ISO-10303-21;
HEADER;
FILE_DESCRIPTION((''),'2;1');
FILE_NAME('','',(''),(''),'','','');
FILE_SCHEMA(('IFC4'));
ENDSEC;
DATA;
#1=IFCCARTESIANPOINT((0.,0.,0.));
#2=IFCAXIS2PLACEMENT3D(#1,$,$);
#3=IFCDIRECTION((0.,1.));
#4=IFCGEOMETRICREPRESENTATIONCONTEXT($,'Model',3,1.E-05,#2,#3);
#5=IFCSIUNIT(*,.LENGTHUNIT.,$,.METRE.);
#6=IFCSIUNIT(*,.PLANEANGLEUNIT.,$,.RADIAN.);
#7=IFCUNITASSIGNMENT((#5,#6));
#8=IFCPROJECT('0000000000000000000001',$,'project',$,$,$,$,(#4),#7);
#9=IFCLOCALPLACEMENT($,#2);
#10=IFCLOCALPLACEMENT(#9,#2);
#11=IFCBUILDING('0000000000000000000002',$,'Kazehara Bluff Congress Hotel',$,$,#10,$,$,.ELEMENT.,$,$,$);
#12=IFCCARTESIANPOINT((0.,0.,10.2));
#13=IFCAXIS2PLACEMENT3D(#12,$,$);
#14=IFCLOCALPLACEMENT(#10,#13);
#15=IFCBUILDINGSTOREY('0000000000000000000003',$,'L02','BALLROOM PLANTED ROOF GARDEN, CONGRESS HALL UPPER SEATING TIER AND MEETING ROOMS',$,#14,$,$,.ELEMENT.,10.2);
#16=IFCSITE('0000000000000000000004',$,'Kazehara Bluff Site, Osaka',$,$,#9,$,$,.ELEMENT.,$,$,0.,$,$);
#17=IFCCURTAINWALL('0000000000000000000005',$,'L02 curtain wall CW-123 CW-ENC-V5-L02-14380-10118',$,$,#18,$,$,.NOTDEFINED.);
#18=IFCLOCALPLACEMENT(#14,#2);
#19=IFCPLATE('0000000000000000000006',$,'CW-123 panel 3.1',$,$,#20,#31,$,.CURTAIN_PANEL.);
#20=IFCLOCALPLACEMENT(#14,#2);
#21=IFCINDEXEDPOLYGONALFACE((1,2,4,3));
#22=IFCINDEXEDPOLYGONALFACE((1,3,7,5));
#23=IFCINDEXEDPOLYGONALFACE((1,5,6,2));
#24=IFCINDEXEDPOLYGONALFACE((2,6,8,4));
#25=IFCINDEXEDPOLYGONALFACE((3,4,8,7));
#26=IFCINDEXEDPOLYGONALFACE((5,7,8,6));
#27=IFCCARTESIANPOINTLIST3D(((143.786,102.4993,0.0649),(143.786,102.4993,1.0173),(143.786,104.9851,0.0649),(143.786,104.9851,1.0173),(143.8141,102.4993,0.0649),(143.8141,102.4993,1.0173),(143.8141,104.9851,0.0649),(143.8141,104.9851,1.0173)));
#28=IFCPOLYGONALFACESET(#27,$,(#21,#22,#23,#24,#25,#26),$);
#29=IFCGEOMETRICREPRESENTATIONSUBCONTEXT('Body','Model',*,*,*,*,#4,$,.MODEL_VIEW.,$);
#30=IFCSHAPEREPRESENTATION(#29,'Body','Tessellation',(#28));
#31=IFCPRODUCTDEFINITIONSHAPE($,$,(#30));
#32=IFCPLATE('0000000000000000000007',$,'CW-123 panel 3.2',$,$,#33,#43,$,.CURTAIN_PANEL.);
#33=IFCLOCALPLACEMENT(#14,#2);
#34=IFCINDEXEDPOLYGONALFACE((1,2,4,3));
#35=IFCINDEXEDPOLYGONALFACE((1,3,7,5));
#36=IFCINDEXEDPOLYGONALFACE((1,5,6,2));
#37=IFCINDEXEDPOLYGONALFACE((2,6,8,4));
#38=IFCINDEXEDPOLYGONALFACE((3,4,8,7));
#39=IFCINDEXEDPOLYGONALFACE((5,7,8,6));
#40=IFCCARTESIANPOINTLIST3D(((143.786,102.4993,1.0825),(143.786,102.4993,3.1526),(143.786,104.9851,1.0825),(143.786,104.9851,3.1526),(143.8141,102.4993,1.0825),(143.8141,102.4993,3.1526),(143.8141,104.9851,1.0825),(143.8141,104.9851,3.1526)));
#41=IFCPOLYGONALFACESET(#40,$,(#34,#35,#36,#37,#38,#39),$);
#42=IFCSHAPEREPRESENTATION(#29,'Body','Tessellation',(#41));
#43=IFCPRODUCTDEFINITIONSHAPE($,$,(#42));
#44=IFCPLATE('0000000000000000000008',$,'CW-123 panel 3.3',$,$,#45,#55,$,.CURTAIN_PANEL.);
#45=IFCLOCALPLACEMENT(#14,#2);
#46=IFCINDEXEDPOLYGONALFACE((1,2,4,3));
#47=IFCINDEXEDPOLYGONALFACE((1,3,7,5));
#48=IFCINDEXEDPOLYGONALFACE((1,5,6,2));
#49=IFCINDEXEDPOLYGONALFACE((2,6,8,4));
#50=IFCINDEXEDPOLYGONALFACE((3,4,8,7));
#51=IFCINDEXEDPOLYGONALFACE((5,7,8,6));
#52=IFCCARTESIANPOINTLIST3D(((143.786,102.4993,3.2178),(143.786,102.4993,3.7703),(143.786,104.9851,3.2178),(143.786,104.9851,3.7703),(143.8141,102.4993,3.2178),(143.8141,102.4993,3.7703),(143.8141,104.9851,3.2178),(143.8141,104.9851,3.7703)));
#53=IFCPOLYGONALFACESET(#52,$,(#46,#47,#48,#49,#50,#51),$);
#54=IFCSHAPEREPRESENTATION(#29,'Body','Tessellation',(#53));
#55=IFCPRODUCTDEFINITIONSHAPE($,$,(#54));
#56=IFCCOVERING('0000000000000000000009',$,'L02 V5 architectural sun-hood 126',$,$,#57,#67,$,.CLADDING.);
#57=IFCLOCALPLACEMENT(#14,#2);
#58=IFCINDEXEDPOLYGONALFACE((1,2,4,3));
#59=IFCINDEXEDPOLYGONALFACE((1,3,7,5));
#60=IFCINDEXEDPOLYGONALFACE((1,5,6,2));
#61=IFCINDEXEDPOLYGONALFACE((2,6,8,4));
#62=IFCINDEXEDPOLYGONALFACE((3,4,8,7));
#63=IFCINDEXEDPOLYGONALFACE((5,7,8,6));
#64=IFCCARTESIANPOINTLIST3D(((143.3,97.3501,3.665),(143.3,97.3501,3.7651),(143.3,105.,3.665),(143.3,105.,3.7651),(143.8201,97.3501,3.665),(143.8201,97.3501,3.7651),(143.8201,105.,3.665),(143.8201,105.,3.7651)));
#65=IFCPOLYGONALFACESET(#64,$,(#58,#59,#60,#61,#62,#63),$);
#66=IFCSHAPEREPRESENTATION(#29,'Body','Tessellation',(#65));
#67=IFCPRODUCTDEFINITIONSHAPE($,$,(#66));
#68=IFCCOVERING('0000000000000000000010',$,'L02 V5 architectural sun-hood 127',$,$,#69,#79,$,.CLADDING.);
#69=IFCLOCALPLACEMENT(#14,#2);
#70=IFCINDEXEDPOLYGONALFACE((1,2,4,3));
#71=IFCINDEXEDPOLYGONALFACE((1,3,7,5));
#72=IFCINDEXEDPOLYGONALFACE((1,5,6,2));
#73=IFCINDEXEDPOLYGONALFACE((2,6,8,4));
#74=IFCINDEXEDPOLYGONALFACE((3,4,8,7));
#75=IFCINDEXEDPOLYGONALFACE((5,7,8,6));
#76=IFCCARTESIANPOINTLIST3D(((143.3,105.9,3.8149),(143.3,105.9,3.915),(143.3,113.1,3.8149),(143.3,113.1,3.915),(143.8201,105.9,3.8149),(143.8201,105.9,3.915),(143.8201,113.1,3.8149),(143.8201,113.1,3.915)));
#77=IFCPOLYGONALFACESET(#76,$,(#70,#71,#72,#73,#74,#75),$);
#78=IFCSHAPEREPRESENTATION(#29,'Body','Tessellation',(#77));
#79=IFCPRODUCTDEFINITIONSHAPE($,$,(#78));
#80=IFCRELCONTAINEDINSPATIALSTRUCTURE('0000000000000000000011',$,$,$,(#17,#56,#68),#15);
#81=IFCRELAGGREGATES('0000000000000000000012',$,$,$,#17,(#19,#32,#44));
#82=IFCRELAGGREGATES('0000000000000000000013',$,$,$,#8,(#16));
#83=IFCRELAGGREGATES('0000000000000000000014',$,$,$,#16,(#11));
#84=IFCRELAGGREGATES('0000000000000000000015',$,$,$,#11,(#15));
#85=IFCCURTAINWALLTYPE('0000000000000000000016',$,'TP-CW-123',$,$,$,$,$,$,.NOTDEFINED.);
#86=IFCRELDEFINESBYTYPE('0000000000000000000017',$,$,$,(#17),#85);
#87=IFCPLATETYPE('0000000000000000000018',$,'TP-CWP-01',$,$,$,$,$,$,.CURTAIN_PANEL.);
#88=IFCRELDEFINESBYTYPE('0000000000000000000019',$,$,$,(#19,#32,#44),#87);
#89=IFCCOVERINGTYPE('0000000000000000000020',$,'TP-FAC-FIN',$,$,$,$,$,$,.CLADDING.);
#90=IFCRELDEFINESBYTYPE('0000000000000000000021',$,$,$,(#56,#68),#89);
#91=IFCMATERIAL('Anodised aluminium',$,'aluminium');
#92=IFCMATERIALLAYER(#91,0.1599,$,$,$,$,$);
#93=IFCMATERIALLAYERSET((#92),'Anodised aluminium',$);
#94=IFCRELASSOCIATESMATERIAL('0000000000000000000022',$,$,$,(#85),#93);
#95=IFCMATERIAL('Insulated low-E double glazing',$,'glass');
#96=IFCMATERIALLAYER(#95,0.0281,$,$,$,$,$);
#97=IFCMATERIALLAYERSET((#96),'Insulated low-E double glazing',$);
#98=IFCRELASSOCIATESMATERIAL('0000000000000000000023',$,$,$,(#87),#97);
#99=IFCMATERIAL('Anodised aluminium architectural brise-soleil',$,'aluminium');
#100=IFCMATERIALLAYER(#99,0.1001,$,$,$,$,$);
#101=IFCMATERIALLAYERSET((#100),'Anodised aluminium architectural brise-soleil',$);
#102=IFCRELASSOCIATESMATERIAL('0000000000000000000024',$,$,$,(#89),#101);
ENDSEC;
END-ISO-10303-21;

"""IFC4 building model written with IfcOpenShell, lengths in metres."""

from ifc_helpers import new_model, si_unit, direction, frame, origin, origin_2d, place, context, subcontext, project, spatial, rectangle, extrude, material, layer, layer_set, type_object, element, aggregate, save


model = new_model("IFC4")

# Units and contexts
model_context = context("Model", 3, precision=1e-05, world=origin(), true_north=direction((0.0, 1.0)))
body_context = subcontext(model_context, "Body", "Model", "MODEL_VIEW")
ifc_project = project(units=[si_unit("LENGTHUNIT", "METRE"), si_unit("PLANEANGLEUNIT", "RADIAN")], contexts=[model_context])

# Site, building, storey
site_placement = place(None, origin())
site = spatial("IfcSite", under=ifc_project, at=site_placement, Name="Kazehara Bluff Site, Osaka", CompositionType="ELEMENT", RefElevation=0.0)
building_placement = place(site_placement, origin())
building = spatial("IfcBuilding", under=site, at=building_placement, Name="Kazehara Bluff Congress Hotel", CompositionType="ELEMENT")
storey_placement = place(building_placement, frame((0.0, 0.0, 10.2)))
storey = spatial("IfcBuildingStorey", under=building, at=storey_placement, Name="L02", Description="BALLROOM PLANTED ROOF GARDEN, CONGRESS HALL UPPER SEATING TIER AND MEETING ROOMS", CompositionType="ELEMENT", Elevation=10.2)

# Curtain wall
ifc_material_1 = material(Name="Anodised aluminium", Category="aluminium")
ifc_layer_1 = layer(ifc_material_1, 0.1599)
ifc_layer_set_1 = layer_set([ifc_layer_1], Name="Anodised aluminium")
curtain_wall_type_1 = type_object("IfcCurtainWallType", Name="TP-CW-123", PredefinedType="NOTDEFINED", material=ifc_layer_set_1)
curtain_wall_1_placement = place(storey_placement, origin())
curtain_wall_1 = element("IfcCurtainWall", 1, at=curtain_wall_1_placement, inside=storey, type_object=curtain_wall_type_1, Name="L02 curtain wall CW-123 CW-ENC-V5-L02-14380-10118", PredefinedType="NOTDEFINED")

# Plates
ifc_material_2 = material(Name="Insulated low-E double glazing", Category="glass")
ifc_layer_2 = layer(ifc_material_2, 0.0281)
ifc_layer_set_2 = layer_set([ifc_layer_2], Name="Insulated low-E double glazing")
plate_type = type_object("IfcPlateType", Name="TP-CWP-01", PredefinedType="CURTAIN_PANEL", material=ifc_layer_set_2)
plate_1_placement = place(storey_placement, frame((143.8, 103.7422, 0.0649), z_axis=(0.0, 0.0, 1.0), x_axis=(0.0, 1.0, 0.0)))
plate_1 = element("IfcPlate", 2, at=plate_1_placement, type_object=plate_type, Name="CW-123 panel 3.1", PredefinedType="CURTAIN_PANEL", context=body_context, shape_type="SweptSolid", body=[
    extrude(rectangle(XDim=2.4858, YDim=0.0281, at=origin_2d()), origin(), (0.0, 0.0, 1.0), 0.9524),
])
plate_2_placement = place(storey_placement, frame((143.8, 103.7422, 1.0825), z_axis=(0.0, 0.0, 1.0), x_axis=(0.0, 1.0, 0.0)))
plate_2 = element("IfcPlate", 3, at=plate_2_placement, type_object=plate_type, Name="CW-123 panel 3.2", PredefinedType="CURTAIN_PANEL", context=body_context, shape_type="SweptSolid", body=[
    extrude(rectangle(XDim=2.4858, YDim=0.0281, at=origin_2d()), origin(), (0.0, 0.0, 1.0), 2.0701),
])
plate_3_placement = place(storey_placement, frame((143.8, 103.7422, 3.2178), z_axis=(0.0, 0.0, 1.0), x_axis=(0.0, 1.0, 0.0)))
plate_3 = element("IfcPlate", 4, at=plate_3_placement, type_object=plate_type, Name="CW-123 panel 3.3", PredefinedType="CURTAIN_PANEL", context=body_context, shape_type="SweptSolid", body=[
    extrude(rectangle(XDim=2.4858, YDim=0.0281, at=origin_2d()), origin(), (0.0, 0.0, 1.0), 0.5525),
])
aggregate(curtain_wall_1, [plate_1, plate_2, plate_3])

# Coverings
ifc_material_3 = material(Name="Anodised aluminium architectural brise-soleil", Category="aluminium")
ifc_layer_3 = layer(ifc_material_3, 0.1001)
ifc_layer_set_3 = layer_set([ifc_layer_3], Name="Anodised aluminium architectural brise-soleil")
covering_type = type_object("IfcCoveringType", Name="TP-FAC-FIN", PredefinedType="CLADDING", material=ifc_layer_set_3)
covering_1_placement = place(storey_placement, frame((143.5601, 101.175, 3.665), z_axis=(0.0, 0.0, 1.0), x_axis=(1.0, 0.0, 0.0)))
element("IfcCovering", 5, at=covering_1_placement, inside=storey, type_object=covering_type, Name="L02 V5 architectural sun-hood 126", PredefinedType="CLADDING", context=body_context, shape_type="SweptSolid", body=[
    extrude(rectangle(XDim=0.52, YDim=7.6499, at=origin_2d()), origin(), (0.0, 0.0, 1.0), 0.1001),
])
covering_2_placement = place(storey_placement, frame((143.5601, 109.5, 3.8149), z_axis=(0.0, 0.0, 1.0), x_axis=(1.0, 0.0, 0.0)))
element("IfcCovering", 6, at=covering_2_placement, inside=storey, type_object=covering_type, Name="L02 V5 architectural sun-hood 127", PredefinedType="CLADDING", context=body_context, shape_type="SweptSolid", body=[
    extrude(rectangle(XDim=0.52, YDim=7.2, at=origin_2d()), origin(), (0.0, 0.0, 1.0), 0.1001),
])

save(model, "model.ifc")
